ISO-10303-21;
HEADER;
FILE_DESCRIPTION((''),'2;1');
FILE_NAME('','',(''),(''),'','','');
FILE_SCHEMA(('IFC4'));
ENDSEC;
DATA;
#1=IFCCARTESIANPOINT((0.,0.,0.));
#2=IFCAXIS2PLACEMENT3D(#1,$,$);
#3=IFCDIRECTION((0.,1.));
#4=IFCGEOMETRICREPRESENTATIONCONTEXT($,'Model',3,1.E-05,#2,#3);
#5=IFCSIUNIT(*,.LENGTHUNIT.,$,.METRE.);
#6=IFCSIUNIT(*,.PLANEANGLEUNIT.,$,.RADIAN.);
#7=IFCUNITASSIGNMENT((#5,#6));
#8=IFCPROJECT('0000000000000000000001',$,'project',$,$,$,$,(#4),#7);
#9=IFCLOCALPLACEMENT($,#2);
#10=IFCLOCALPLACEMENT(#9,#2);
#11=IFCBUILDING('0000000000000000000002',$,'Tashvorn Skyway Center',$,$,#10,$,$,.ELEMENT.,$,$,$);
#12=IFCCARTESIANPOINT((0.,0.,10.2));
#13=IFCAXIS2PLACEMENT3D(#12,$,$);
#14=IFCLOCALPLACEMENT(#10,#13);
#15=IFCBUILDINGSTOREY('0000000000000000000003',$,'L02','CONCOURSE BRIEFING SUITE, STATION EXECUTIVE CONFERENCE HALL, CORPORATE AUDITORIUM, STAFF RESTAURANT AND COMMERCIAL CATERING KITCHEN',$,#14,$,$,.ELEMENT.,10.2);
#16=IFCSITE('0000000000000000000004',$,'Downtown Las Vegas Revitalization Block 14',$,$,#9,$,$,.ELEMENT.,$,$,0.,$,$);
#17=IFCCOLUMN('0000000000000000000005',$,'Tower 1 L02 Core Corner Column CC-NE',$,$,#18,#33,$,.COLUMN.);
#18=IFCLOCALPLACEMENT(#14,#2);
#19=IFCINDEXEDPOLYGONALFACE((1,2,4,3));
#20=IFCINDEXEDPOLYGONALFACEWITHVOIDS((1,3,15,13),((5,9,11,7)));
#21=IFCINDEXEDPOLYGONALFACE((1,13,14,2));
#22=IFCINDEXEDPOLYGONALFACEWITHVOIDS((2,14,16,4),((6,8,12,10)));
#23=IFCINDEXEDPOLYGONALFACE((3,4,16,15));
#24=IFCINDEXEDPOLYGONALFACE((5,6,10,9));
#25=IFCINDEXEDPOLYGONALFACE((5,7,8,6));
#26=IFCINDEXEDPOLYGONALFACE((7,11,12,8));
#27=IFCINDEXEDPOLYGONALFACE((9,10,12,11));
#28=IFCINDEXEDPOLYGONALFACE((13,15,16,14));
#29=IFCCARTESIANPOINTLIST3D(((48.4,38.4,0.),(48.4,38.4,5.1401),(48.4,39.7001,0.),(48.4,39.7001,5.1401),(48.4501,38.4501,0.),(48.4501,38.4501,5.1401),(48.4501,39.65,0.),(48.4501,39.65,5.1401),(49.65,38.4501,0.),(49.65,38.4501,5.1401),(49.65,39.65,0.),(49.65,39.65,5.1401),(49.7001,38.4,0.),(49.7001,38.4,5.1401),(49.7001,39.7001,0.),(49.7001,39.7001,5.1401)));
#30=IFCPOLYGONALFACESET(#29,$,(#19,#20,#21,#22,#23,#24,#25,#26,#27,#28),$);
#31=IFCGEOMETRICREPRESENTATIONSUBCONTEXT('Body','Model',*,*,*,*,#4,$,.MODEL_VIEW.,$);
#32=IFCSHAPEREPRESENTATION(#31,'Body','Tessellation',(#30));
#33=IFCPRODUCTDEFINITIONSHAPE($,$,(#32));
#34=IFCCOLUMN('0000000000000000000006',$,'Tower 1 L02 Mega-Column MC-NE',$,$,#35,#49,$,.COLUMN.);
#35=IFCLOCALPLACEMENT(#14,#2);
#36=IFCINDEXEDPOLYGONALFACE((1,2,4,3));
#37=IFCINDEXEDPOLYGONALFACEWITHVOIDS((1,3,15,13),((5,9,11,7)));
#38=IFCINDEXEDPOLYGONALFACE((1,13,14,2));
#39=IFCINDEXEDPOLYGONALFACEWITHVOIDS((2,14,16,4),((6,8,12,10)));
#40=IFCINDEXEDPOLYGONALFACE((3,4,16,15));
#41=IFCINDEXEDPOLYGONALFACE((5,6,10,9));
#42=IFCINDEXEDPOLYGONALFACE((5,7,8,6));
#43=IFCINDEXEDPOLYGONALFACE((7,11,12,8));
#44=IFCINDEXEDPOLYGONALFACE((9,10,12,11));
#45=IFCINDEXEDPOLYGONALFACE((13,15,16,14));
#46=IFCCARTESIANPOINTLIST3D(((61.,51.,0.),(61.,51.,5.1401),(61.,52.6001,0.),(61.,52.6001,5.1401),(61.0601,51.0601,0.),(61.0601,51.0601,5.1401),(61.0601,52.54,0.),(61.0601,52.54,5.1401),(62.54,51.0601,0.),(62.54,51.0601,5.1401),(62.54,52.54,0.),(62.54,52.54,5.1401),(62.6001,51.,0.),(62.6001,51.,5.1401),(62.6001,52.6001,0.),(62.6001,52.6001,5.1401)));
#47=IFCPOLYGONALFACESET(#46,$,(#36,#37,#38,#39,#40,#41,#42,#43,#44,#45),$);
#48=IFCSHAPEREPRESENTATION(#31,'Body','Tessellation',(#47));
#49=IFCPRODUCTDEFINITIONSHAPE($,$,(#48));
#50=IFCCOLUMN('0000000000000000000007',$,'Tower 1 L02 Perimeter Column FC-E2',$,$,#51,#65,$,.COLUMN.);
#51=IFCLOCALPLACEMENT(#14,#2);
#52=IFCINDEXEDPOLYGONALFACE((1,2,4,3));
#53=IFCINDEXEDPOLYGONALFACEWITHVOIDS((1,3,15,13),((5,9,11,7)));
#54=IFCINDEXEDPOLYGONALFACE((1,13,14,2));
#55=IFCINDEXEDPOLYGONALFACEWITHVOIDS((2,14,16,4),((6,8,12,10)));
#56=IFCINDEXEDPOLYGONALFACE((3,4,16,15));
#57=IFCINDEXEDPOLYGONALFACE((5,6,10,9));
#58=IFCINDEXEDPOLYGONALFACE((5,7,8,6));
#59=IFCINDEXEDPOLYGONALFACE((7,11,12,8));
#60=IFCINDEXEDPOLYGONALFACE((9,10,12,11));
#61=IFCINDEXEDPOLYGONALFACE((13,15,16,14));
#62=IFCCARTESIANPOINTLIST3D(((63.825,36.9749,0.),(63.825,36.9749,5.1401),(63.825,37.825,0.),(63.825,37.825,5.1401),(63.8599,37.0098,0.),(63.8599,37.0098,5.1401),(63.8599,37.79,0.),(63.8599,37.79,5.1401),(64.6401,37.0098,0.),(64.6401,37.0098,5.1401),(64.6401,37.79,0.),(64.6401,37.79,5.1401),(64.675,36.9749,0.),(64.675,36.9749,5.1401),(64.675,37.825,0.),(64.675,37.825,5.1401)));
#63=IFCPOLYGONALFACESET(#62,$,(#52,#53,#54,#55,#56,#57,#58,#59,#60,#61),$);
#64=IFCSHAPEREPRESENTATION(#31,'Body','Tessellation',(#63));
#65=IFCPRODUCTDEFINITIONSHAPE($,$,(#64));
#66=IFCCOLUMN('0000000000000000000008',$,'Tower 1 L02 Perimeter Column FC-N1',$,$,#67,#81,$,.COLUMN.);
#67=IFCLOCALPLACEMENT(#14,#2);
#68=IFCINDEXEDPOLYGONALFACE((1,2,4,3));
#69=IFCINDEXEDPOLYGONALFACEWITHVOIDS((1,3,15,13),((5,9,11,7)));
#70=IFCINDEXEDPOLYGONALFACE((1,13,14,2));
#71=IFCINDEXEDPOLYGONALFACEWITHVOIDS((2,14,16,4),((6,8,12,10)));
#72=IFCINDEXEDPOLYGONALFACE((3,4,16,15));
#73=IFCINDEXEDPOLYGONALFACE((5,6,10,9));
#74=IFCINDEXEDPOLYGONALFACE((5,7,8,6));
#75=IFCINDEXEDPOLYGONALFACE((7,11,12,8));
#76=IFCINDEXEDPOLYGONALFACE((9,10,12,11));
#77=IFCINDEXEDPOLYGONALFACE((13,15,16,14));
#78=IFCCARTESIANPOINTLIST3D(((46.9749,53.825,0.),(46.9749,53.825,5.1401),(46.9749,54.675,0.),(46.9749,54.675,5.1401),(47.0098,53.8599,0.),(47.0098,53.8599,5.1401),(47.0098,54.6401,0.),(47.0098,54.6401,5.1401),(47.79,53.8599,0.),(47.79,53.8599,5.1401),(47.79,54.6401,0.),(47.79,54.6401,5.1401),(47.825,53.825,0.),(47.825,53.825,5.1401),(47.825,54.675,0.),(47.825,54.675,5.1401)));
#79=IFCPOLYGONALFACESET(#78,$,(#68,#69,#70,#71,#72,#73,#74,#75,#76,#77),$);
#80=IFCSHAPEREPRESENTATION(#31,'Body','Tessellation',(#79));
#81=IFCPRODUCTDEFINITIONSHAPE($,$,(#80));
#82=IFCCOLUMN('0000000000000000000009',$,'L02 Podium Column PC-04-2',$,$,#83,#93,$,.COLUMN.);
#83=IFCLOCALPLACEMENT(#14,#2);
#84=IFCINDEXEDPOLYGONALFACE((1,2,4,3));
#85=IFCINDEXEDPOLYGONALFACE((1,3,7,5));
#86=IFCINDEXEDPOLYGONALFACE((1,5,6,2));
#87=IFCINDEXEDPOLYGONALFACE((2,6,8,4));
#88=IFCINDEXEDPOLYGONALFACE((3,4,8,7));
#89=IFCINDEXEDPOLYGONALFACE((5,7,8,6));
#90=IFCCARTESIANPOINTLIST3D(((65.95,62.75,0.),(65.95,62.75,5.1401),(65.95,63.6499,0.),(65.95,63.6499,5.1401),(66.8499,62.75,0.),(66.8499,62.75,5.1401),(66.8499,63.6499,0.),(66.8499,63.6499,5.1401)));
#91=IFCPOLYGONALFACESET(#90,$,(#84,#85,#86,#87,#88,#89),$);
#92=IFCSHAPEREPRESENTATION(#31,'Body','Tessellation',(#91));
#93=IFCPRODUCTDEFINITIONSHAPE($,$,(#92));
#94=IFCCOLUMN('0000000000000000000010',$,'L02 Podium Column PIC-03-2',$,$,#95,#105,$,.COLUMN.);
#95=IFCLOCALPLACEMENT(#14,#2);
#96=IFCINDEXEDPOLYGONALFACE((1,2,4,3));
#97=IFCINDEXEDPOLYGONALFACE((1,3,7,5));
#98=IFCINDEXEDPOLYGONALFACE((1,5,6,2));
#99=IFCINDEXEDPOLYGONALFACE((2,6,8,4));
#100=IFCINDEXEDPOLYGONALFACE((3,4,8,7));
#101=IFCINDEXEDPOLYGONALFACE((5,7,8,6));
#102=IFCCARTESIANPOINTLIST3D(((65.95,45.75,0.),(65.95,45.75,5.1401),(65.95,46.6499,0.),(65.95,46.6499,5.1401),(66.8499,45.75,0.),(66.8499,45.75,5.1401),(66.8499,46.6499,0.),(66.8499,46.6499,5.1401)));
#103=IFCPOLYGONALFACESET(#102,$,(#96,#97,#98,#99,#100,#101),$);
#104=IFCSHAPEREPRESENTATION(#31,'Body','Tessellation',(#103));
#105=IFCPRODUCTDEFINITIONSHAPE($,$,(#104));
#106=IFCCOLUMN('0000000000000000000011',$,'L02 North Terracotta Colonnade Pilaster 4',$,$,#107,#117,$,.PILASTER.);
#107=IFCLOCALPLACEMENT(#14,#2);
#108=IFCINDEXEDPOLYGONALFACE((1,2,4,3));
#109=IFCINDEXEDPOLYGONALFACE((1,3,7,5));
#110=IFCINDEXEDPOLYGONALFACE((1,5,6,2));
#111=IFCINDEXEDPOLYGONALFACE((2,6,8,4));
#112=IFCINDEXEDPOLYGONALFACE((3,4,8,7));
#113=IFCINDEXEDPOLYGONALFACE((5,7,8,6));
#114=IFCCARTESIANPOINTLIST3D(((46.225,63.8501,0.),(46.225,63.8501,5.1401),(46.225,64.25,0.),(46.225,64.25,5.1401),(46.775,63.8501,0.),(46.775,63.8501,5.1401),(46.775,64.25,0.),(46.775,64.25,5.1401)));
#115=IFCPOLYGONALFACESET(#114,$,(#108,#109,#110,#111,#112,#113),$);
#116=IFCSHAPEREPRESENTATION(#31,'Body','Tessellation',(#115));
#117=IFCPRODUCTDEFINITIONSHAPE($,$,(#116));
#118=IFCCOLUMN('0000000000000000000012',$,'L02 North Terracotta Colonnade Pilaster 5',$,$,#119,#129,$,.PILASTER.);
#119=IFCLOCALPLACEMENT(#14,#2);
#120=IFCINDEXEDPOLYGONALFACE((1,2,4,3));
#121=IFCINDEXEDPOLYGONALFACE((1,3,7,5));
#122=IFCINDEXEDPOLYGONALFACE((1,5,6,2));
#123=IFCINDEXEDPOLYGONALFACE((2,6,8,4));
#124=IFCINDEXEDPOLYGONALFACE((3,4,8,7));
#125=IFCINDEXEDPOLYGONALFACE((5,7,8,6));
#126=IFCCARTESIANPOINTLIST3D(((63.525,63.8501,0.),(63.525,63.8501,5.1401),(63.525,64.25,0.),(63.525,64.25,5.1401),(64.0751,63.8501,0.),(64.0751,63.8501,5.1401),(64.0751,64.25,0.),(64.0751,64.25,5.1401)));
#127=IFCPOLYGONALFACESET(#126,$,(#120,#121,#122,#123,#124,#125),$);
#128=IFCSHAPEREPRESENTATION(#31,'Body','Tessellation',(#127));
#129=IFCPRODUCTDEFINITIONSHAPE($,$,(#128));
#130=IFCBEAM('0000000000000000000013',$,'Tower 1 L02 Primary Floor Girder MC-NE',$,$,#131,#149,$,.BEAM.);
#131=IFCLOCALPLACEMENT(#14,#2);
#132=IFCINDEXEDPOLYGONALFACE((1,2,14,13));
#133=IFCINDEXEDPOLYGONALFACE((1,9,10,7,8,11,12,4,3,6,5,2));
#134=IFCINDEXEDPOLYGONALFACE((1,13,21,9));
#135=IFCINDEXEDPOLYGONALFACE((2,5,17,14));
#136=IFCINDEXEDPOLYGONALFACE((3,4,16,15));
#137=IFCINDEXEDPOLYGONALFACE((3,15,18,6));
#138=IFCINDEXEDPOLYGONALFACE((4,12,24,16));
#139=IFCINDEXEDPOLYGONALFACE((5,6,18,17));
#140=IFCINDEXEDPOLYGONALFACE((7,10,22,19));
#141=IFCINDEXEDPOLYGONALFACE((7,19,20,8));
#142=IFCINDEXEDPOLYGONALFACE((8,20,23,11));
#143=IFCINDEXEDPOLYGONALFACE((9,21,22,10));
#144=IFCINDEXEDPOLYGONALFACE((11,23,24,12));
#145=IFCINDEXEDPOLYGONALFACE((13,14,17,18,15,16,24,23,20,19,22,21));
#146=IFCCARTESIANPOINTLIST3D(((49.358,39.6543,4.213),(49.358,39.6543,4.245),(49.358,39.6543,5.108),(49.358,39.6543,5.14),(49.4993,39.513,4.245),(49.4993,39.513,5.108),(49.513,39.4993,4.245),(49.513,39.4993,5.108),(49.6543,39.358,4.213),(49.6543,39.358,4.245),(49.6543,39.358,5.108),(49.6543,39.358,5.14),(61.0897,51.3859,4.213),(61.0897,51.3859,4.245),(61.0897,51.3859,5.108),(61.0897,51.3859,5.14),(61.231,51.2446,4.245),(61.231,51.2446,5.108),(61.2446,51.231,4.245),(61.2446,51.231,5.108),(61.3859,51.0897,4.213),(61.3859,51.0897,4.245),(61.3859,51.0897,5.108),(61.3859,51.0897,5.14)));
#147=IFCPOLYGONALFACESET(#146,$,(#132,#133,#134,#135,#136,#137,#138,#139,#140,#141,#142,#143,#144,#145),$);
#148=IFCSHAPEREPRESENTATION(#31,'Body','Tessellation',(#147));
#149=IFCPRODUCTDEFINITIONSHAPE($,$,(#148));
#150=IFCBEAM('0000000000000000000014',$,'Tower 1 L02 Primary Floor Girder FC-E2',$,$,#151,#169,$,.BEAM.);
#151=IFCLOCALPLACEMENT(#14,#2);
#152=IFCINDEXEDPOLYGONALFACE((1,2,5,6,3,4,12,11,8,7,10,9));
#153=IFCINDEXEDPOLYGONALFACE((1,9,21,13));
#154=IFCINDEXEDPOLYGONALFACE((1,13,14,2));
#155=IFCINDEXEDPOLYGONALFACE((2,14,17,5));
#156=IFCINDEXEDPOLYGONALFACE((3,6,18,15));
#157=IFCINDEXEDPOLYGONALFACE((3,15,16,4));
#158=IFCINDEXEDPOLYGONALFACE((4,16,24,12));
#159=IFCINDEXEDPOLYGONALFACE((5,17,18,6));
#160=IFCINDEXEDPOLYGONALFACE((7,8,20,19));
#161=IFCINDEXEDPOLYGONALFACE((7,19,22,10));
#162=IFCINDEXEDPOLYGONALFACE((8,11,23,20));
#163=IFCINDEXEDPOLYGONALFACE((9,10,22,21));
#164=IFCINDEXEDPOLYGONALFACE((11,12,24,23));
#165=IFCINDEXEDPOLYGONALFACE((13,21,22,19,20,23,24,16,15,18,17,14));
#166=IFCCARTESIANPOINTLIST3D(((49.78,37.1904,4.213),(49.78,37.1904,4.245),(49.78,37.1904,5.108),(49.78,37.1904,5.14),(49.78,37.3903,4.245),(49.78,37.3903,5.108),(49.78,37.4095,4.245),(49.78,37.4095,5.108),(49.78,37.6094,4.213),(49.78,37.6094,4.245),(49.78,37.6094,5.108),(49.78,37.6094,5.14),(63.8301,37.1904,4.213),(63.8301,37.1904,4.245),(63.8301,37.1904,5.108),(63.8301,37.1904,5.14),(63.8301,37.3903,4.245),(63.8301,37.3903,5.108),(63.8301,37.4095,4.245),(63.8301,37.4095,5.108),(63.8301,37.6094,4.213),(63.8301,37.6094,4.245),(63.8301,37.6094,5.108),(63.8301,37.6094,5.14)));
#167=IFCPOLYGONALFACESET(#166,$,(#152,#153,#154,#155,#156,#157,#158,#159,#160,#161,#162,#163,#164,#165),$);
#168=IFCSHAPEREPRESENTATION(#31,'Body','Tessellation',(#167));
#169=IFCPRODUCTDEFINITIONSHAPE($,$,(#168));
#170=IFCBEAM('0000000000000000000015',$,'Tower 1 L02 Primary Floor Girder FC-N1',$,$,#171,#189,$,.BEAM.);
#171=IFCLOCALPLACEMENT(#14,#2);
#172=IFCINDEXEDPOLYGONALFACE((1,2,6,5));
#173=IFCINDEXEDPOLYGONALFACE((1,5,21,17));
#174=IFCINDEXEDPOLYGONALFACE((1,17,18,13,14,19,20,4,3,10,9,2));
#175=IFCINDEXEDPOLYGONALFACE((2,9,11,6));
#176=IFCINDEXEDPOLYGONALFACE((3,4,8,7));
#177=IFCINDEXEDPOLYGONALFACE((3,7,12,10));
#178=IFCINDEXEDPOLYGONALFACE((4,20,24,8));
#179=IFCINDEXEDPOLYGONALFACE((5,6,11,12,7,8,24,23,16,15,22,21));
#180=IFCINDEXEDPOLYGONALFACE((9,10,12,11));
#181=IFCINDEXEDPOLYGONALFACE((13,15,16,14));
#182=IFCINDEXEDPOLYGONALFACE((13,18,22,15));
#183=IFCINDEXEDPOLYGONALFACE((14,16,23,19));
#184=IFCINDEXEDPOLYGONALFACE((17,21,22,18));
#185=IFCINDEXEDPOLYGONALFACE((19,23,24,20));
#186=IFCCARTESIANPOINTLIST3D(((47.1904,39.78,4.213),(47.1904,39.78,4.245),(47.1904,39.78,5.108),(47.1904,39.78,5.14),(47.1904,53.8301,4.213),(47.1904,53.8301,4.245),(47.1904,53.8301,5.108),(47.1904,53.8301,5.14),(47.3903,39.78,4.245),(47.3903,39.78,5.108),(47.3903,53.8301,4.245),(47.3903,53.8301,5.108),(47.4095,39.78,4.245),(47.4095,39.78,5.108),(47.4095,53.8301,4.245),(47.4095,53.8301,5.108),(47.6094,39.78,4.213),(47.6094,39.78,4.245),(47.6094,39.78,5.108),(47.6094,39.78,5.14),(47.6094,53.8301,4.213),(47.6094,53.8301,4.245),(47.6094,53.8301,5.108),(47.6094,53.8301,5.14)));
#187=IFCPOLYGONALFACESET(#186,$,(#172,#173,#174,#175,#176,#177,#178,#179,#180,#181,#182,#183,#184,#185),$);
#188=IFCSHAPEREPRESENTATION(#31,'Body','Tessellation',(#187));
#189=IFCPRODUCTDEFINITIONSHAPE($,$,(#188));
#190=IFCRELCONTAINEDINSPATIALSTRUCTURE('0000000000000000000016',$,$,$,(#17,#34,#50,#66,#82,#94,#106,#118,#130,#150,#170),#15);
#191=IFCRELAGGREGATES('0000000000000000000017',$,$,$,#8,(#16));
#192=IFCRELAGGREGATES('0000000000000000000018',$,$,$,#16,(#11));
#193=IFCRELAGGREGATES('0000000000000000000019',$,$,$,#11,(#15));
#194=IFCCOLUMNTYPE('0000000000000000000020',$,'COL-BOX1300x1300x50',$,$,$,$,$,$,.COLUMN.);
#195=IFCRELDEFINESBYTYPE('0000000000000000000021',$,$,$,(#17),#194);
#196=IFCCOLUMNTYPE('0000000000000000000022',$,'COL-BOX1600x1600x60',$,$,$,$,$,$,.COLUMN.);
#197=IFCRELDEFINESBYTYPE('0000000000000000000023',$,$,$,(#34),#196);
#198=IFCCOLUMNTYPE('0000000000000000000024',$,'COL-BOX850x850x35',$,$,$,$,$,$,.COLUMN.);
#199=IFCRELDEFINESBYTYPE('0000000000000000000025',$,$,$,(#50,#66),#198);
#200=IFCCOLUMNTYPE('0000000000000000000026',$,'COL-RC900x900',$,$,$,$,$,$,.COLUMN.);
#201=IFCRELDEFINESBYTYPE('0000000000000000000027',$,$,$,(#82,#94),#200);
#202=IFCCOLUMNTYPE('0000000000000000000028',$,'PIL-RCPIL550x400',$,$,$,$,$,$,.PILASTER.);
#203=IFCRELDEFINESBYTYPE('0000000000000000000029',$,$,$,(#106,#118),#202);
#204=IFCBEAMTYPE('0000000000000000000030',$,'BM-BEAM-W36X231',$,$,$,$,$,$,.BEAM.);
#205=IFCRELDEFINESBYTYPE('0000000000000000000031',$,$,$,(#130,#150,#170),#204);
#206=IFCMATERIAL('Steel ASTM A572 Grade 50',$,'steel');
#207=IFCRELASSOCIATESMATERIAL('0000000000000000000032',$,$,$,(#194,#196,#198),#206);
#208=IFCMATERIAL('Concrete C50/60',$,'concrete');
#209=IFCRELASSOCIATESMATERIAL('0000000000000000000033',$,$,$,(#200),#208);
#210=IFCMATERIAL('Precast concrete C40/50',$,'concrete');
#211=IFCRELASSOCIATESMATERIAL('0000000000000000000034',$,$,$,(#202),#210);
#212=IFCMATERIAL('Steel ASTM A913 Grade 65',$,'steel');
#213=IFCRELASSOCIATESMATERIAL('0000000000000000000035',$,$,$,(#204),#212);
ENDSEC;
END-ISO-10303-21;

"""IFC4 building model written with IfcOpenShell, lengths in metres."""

from ifc_helpers import new_model, si_unit, direction, frame, origin, origin_2d, place, context, subcontext, project, spatial, rectangle, hollow_rectangle, i_section, extrude, material, material_profile, profile_set, type_object, element, save


model = new_model("IFC4")

# Units and contexts
model_context = context("Model", 3, precision=1e-05, world=origin(), true_north=direction((0.0, 1.0)))
body_context = subcontext(model_context, "Body", "Model", "MODEL_VIEW")
ifc_project = project(units=[si_unit("LENGTHUNIT", "METRE"), si_unit("PLANEANGLEUNIT", "RADIAN")], contexts=[model_context])

# Site, building, storey
site_placement = place(None, origin())
site = spatial("IfcSite", under=ifc_project, at=site_placement, Name="Downtown Las Vegas Revitalization Block 14", CompositionType="ELEMENT", RefElevation=0.0)
building_placement = place(site_placement, origin())
building = spatial("IfcBuilding", under=site, at=building_placement, Name="Tashvorn Skyway Center", CompositionType="ELEMENT")
storey_placement = place(building_placement, frame((0.0, 0.0, 10.2)))
storey = spatial("IfcBuildingStorey", under=building, at=storey_placement, Name="L02", Description="CONCOURSE BRIEFING SUITE, STATION EXECUTIVE CONFERENCE HALL, CORPORATE AUDITORIUM, STAFF RESTAURANT AND COMMERCIAL CATERING KITCHEN", CompositionType="ELEMENT", Elevation=10.2)

# Columns
ifc_material_1 = material(Name="Steel ASTM A572 Grade 50", Category="steel")
ifc_material_profile_1 = material_profile(ifc_material_1, hollow_rectangle(XDim=1.3, YDim=1.3, WallThickness=0.05, at=origin_2d()), Name="BOX1300x1300x50")
ifc_profile_set_1 = profile_set([ifc_material_profile_1], Name="Steel ASTM A572 Grade 50")
column_type_1 = type_object("IfcColumnType", Name="COL-BOX1300x1300x50", PredefinedType="COLUMN", material=ifc_profile_set_1)
column_1_placement = place(storey_placement, frame((49.05, 39.05, 0.0), z_axis=(0.0, 0.0, 1.0), x_axis=(1.0, 0.0, 0.0)))
element("IfcColumn", 1, at=column_1_placement, inside=storey, type_object=column_type_1, Name="Tower 1 L02 Core Corner Column CC-NE", PredefinedType="COLUMN", context=body_context, shape_type="SweptSolid", body=[
    extrude(hollow_rectangle(XDim=1.3, YDim=1.3, WallThickness=0.05, at=origin_2d()), origin(), (0.0, 0.0, 1.0), 5.1401),
])
ifc_material_profile_2 = material_profile(ifc_material_1, hollow_rectangle(XDim=1.6001, YDim=1.6001, WallThickness=0.0601, at=origin_2d()), Name="BOX1600x1600x60")
ifc_profile_set_2 = profile_set([ifc_material_profile_2], Name="Steel ASTM A572 Grade 50")
column_type_2 = type_object("IfcColumnType", Name="COL-BOX1600x1600x60", PredefinedType="COLUMN", material=ifc_profile_set_2)
column_2_placement = place(storey_placement, frame((61.8, 51.8, 0.0), z_axis=(0.0, 0.0, 1.0), x_axis=(1.0, 0.0, 0.0)))
element("IfcColumn", 2, at=column_2_placement, inside=storey, type_object=column_type_2, Name="Tower 1 L02 Mega-Column MC-NE", PredefinedType="COLUMN", context=body_context, shape_type="SweptSolid", body=[
    extrude(hollow_rectangle(XDim=1.6001, YDim=1.6001, WallThickness=0.0601, at=origin_2d()), origin(), (0.0, 0.0, 1.0), 5.1401),
])
ifc_material_profile_3 = material_profile(ifc_material_1, hollow_rectangle(XDim=0.8501, YDim=0.8501, WallThickness=0.0349, at=origin_2d()), Name="BOX850x850x35")
ifc_profile_set_3 = profile_set([ifc_material_profile_3], Name="Steel ASTM A572 Grade 50")
column_type_3 = type_object("IfcColumnType", Name="COL-BOX850x850x35", PredefinedType="COLUMN", material=ifc_profile_set_3)
for number, where, z_axis, x_axis, name in (
    (3, (64.25, 37.3999, 0.0), (0.0, 0.0, 1.0), (1.0, 0.0, 0.0), "Tower 1 L02 Perimeter Column FC-E2"),
    (4, (47.3999, 54.25, 0.0), (0.0, 0.0, 1.0), (1.0, 0.0, 0.0), "Tower 1 L02 Perimeter Column FC-N1"),
):
    element("IfcColumn", number, at=place(storey_placement, frame(where, z_axis=z_axis, x_axis=x_axis)), inside=storey, type_object=column_type_3, Name=name, PredefinedType="COLUMN", context=body_context, shape_type="SweptSolid", body=[
        extrude(hollow_rectangle(XDim=0.8501, YDim=0.8501, WallThickness=0.0349, at=origin_2d()), origin(), (0.0, 0.0, 1.0), 5.1401),
    ])
ifc_material_2 = material(Name="Concrete C50/60", Category="concrete")
ifc_material_profile_4 = material_profile(ifc_material_2, rectangle(XDim=0.8999, YDim=0.8999, at=origin_2d()), Name="RC900x900")
ifc_profile_set_4 = profile_set([ifc_material_profile_4], Name="Concrete C50/60")
column_type_4 = type_object("IfcColumnType", Name="COL-RC900x900", PredefinedType="COLUMN", material=ifc_profile_set_4)
for number, where, z_axis, x_axis, name in (
    (5, (66.3999, 63.2, 0.0), (0.0, 0.0, 1.0), (1.0, 0.0, 0.0), "L02 Podium Column PC-04-2"),
    (6, (66.3999, 46.2, 0.0), (0.0, 0.0, 1.0), (1.0, 0.0, 0.0), "L02 Podium Column PIC-03-2"),
):
    element("IfcColumn", number, at=place(storey_placement, frame(where, z_axis=z_axis, x_axis=x_axis)), inside=storey, type_object=column_type_4, Name=name, PredefinedType="COLUMN", context=body_context, shape_type="SweptSolid", body=[
        extrude(rectangle(XDim=0.8999, YDim=0.8999, at=origin_2d()), origin(), (0.0, 0.0, 1.0), 5.1401),
    ])
ifc_material_3 = material(Name="Precast concrete C40/50", Category="concrete")
ifc_material_profile_5 = material_profile(ifc_material_3, rectangle(XDim=0.55, YDim=0.3999, at=origin_2d()), Name="RCPIL550x400")
ifc_profile_set_5 = profile_set([ifc_material_profile_5], Name="Precast concrete C40/50")
column_type_5 = type_object("IfcColumnType", Name="PIL-RCPIL550x400", PredefinedType="PILASTER", material=ifc_profile_set_5)
for number, where, z_axis, x_axis, name in (
    (7, (46.5, 64.05, 0.0), (0.0, 0.0, 1.0), (1.0, 0.0, 0.0), "L02 North Terracotta Colonnade Pilaster 4"),
    (8, (63.8, 64.05, 0.0), (0.0, 0.0, 1.0), (1.0, 0.0, 0.0), "L02 North Terracotta Colonnade Pilaster 5"),
):
    element("IfcColumn", number, at=place(storey_placement, frame(where, z_axis=z_axis, x_axis=x_axis)), inside=storey, type_object=column_type_5, Name=name, PredefinedType="PILASTER", context=body_context, shape_type="SweptSolid", body=[
        extrude(rectangle(XDim=0.55, YDim=0.3999, at=origin_2d()), origin(), (0.0, 0.0, 1.0), 5.1401),
    ])

# Beams
ifc_material_4 = material(Name="Steel ASTM A913 Grade 65", Category="steel")
ifc_material_profile_6 = material_profile(ifc_material_4, i_section(OverallWidth=0.4189, OverallDepth=0.927, WebThickness=0.0193, FlangeThickness=0.032, at=origin_2d()), Name="W36X231")
ifc_profile_set_6 = profile_set([ifc_material_profile_6], Name="Steel ASTM A913 Grade 65")
beam_type_1 = type_object("IfcBeamType", Name="BM-BEAM-W36X231", PredefinedType="BEAM", material=ifc_profile_set_6)
beam_1_placement = place(storey_placement, frame((61.2378, 51.2378, 4.6765), z_axis=(-0.707107, -0.707107, 0.0), x_axis=(0.707107, -0.707107, 0.0)))
element("IfcBeam", 9, at=beam_1_placement, inside=storey, type_object=beam_type_1, Name="Tower 1 L02 Primary Floor Girder MC-NE", PredefinedType="BEAM", context=body_context, shape_type="SweptSolid", body=[
    extrude(i_section(OverallWidth=0.4189, OverallDepth=0.927, WebThickness=0.0193, FlangeThickness=0.032, at=origin_2d()), origin(), (0.0, 0.0, 1.0), 16.5911),
])
for number, where, z_axis, x_axis, name in (
    (10, (63.8301, 37.3999, 4.6765), (-1.0, 0.0, 0.0), (0.0, -1.0, 0.0), "Tower 1 L02 Primary Floor Girder FC-E2"),
    (11, (47.3999, 53.8301, 4.6765), (0.0, -1.0, 0.0), (1.0, 0.0, 0.0), "Tower 1 L02 Primary Floor Girder FC-N1"),
):
    element("IfcBeam", number, at=place(storey_placement, frame(where, z_axis=z_axis, x_axis=x_axis)), inside=storey, type_object=beam_type_1, Name=name, PredefinedType="BEAM", context=body_context, shape_type="SweptSolid", body=[
        extrude(i_section(OverallWidth=0.4189, OverallDepth=0.927, WebThickness=0.0193, FlangeThickness=0.032, at=origin_2d()), origin(), (0.0, 0.0, 1.0), 14.05),
    ])

save(model, "model.ifc")
